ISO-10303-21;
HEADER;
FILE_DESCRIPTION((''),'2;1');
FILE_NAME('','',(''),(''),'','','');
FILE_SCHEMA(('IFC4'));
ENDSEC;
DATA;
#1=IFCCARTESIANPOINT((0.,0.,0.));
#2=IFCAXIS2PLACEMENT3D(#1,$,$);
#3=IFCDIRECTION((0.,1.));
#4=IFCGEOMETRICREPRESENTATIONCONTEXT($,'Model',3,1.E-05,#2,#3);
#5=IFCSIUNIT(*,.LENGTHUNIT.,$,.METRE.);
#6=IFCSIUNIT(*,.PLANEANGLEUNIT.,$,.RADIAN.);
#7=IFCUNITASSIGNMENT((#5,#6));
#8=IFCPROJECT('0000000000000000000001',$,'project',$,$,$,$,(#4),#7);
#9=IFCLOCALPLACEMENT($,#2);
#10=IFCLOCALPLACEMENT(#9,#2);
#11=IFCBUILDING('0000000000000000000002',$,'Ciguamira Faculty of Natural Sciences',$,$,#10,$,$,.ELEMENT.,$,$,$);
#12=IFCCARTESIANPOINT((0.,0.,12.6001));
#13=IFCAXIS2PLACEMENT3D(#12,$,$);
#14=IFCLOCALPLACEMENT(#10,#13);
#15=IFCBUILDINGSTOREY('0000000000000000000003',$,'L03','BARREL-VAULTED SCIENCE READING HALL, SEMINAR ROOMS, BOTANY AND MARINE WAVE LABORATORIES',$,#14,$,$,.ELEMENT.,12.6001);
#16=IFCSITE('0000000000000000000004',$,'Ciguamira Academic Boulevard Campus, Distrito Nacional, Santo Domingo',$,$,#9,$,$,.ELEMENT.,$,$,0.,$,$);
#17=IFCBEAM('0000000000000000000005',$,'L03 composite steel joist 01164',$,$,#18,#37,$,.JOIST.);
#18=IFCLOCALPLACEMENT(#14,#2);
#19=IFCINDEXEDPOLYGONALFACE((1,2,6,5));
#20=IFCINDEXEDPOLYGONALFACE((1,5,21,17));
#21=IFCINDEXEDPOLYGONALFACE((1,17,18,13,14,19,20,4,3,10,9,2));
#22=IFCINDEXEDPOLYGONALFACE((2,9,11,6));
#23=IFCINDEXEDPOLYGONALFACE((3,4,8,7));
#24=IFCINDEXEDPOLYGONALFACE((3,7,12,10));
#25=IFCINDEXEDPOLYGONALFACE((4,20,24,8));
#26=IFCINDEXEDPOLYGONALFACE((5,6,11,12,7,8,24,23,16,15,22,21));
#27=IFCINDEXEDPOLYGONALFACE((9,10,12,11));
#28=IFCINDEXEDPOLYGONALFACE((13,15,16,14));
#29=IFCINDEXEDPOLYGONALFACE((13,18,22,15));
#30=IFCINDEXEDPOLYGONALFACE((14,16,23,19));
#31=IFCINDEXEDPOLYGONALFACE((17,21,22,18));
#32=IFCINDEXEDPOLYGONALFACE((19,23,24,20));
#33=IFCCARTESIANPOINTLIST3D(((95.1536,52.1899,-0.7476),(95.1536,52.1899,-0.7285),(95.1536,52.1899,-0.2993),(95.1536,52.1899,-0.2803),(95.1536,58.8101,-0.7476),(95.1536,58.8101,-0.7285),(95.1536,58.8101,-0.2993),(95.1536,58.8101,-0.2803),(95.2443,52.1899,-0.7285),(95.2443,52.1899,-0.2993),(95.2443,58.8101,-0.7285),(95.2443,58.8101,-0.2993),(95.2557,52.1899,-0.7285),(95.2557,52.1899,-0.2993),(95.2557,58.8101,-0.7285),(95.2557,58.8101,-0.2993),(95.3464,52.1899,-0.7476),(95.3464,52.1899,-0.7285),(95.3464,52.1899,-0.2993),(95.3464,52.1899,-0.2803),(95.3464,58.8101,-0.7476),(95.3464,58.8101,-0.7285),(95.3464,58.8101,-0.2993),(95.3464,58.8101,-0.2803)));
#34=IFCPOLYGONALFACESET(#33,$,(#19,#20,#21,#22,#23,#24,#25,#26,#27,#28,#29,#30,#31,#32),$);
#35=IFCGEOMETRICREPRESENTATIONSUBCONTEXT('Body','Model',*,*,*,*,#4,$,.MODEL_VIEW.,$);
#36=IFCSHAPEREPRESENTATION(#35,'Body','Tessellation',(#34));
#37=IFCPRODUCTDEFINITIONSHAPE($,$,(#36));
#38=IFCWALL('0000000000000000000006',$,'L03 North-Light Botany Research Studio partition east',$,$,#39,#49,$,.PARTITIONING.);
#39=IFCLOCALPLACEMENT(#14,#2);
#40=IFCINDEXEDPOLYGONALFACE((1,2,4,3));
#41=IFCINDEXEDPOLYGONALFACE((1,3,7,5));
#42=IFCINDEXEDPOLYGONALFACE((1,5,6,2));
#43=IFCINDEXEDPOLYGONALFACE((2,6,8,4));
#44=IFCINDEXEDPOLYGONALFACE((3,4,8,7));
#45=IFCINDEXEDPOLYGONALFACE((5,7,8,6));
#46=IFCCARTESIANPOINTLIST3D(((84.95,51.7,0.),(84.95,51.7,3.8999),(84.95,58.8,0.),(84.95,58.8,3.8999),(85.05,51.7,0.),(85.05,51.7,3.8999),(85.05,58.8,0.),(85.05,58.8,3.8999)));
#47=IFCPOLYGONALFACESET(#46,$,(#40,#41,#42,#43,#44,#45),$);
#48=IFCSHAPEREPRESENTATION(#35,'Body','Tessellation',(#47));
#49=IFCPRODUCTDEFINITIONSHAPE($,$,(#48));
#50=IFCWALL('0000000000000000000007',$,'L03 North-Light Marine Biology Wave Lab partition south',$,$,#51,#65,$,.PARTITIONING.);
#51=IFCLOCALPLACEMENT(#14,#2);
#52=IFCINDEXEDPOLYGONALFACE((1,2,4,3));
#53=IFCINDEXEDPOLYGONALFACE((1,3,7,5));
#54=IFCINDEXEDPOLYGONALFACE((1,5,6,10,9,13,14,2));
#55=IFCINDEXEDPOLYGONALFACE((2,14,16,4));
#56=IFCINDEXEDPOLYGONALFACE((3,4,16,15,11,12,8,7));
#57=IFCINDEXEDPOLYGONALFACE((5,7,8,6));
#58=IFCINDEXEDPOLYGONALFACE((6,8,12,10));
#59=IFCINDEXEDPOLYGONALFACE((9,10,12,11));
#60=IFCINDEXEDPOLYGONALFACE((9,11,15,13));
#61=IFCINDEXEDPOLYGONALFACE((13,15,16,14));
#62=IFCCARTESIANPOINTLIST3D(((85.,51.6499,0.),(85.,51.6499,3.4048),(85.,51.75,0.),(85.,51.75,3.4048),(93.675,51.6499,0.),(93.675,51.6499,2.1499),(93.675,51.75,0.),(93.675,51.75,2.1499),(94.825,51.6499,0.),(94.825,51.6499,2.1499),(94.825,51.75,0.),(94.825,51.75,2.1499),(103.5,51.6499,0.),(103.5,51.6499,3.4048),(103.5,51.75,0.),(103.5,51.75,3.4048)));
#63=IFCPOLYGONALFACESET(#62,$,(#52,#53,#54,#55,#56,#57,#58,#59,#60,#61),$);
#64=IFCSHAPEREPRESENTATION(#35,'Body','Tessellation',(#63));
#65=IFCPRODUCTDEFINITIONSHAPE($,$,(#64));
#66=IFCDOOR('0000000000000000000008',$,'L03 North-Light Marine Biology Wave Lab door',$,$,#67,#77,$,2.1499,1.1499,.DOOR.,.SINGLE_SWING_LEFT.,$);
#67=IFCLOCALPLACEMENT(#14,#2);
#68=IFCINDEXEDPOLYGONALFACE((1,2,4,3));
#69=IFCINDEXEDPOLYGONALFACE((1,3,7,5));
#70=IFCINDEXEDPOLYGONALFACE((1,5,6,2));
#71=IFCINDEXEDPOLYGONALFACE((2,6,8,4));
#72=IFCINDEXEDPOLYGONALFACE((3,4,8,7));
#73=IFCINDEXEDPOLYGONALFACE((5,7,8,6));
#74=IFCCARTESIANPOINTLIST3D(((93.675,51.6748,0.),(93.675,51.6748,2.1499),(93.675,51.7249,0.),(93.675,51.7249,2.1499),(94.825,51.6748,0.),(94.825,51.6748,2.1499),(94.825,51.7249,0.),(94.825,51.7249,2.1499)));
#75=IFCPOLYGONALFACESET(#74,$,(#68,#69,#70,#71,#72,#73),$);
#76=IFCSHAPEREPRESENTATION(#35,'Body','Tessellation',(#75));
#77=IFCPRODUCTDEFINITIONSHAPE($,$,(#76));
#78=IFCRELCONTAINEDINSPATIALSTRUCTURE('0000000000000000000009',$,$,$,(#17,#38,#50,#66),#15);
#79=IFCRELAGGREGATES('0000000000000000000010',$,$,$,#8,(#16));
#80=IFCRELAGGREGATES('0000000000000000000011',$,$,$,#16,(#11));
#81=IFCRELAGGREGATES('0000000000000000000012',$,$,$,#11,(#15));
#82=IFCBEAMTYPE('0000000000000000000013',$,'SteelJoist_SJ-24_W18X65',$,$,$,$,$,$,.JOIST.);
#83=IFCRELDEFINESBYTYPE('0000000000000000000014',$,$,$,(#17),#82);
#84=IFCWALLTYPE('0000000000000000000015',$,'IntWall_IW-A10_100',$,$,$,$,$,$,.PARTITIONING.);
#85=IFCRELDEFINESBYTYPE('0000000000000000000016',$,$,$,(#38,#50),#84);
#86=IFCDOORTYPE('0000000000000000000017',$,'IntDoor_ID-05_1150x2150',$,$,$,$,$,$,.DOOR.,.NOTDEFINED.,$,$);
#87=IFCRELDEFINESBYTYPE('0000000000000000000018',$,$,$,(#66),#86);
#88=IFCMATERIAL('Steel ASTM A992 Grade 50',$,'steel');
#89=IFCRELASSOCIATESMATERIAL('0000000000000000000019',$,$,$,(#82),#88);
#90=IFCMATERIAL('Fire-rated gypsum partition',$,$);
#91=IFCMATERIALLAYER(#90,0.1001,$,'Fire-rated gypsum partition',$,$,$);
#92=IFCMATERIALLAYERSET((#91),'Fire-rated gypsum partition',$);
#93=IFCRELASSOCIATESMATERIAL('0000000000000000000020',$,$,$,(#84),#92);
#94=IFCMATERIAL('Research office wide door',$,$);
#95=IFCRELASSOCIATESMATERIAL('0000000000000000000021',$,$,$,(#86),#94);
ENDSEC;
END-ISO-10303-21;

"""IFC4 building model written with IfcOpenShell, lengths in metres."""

from ifc_helpers import new_model, si_unit, direction, frame, frame_2d, origin, origin_2d, place, context, subcontext, project, spatial, rectangle, i_section, extrude, material, layer, layer_set, material_profile, profile_set, type_object, element, fill, save


model = new_model("IFC4")

# Units and contexts
model_context = context("Model", 3, precision=1e-05, world=origin(), true_north=direction((0.0, 1.0)))
body_context = subcontext(model_context, "Body", "Model", "MODEL_VIEW")
ifc_project = project(units=[si_unit("LENGTHUNIT", "METRE"), si_unit("PLANEANGLEUNIT", "RADIAN")], contexts=[model_context])

# Site, building, storey
site_placement = place(None, origin())
site = spatial("IfcSite", under=ifc_project, at=site_placement, Name="Ciguamira Academic Boulevard Campus, Distrito Nacional, Santo Domingo", CompositionType="ELEMENT", RefElevation=0.0)
building_placement = place(site_placement, origin())
building = spatial("IfcBuilding", under=site, at=building_placement, Name="Ciguamira Faculty of Natural Sciences", CompositionType="ELEMENT")
storey_placement = place(building_placement, frame((0.0, 0.0, 12.6001)))
storey = spatial("IfcBuildingStorey", under=building, at=storey_placement, Name="L03", Description="BARREL-VAULTED SCIENCE READING HALL, SEMINAR ROOMS, BOTANY AND MARINE WAVE LABORATORIES", CompositionType="ELEMENT", Elevation=12.6001)

# Beam
ifc_material_1 = material(Name="Steel ASTM A992 Grade 50", Category="steel")
ifc_material_profile_1 = material_profile(ifc_material_1, i_section(OverallWidth=0.1929, OverallDepth=0.4673, WebThickness=0.0115, FlangeThickness=0.019, at=origin_2d()), Name="W18X65")
ifc_profile_set_1 = profile_set([ifc_material_profile_1], Name="Steel ASTM A992 Grade 50")
beam_type_1 = type_object("IfcBeamType", Name="SteelJoist_SJ-24_W18X65", PredefinedType="JOIST", material=ifc_profile_set_1)
beam_1_placement = place(storey_placement, frame((95.25, 52.1899, -0.5139), z_axis=(0.0, 1.0, 0.0), x_axis=(-1.0, 0.0, 0.0)))
element("IfcBeam", 1, at=beam_1_placement, inside=storey, type_object=beam_type_1, Name="L03 composite steel joist 01164", PredefinedType="JOIST", context=body_context, shape_type="SweptSolid", body=[
    extrude(i_section(OverallWidth=0.1929, OverallDepth=0.4673, WebThickness=0.0115, FlangeThickness=0.019, at=origin_2d()), origin(), (0.0, 0.0, 1.0), 6.6201),
])

# Wall
ifc_material_2 = material(Name="Fire-rated gypsum partition")
ifc_layer = layer(ifc_material_2, 0.1001, Name="Fire-rated gypsum partition")
ifc_layer_set = layer_set([ifc_layer], Name="Fire-rated gypsum partition")
wall_type = type_object("IfcWallType", Name="IntWall_IW-A10_100", PredefinedType="PARTITIONING", material=ifc_layer_set)
wall_1_placement = place(storey_placement, frame((85.0, 51.7, 0.0), z_axis=(0.0, 0.0, 1.0), x_axis=(0.0, 1.0, 0.0)))
element("IfcWall", 2, at=wall_1_placement, inside=storey, type_object=wall_type, Name="L03 North-Light Botany Research Studio partition east", PredefinedType="PARTITIONING", context=body_context, shape_type="SweptSolid", body=[
    extrude(rectangle(XDim=7.1001, YDim=0.1001, at=frame_2d((3.55, 0.0))), origin(), (0.0, 0.0, 1.0), 3.8999),
])

# Wall, opening, door
wall_2_placement = place(storey_placement, frame((85.0, 51.7, 0.0), z_axis=(0.0, 0.0, 1.0), x_axis=(1.0, 0.0, 0.0)))
wall_2 = element("IfcWall", 3, at=wall_2_placement, inside=storey, type_object=wall_type, Name="L03 North-Light Marine Biology Wave Lab partition south", PredefinedType="PARTITIONING", context=body_context, shape_type="SweptSolid", body=[
    extrude(rectangle(XDim=18.5, YDim=0.1001, at=frame_2d((9.25, 0.0))), origin(), (0.0, 0.0, 1.0), 3.4048),
])
opening_placement = place(wall_2_placement, frame((8.675, 0.0, 0.0)))
opening = element("IfcOpeningElement", 4, at=opening_placement, cuts=wall_2, PredefinedType="OPENING", context=body_context, shape_type="SweptSolid", body=[
    extrude(rectangle(XDim=1.1499, YDim=2.1499, at=frame_2d((0.575, 1.075))), frame((0.0, 0.0601, 0.0), z_axis=(0.0, -1.0, 0.0), x_axis=(1.0, 0.0, 0.0)), (0.0, 0.0, 1.0), 0.1201),
])
ifc_material_3 = material(Name="Research office wide door")
door_type = type_object("IfcDoorType", Name="IntDoor_ID-05_1150x2150", OperationType="NOTDEFINED", PredefinedType="DOOR", material=ifc_material_3)
door_placement = place(opening_placement, origin())
door = element("IfcDoor", 5, at=door_placement, inside=storey, type_object=door_type, Name="L03 North-Light Marine Biology Wave Lab door", OperationType="SINGLE_SWING_LEFT", OverallHeight=2.1499, OverallWidth=1.1499, PredefinedType="DOOR", context=body_context, shape_type="SweptSolid", body=[
    extrude(rectangle(XDim=1.1499, YDim=2.1499, at=frame_2d((0.575, 1.075))), frame((0.0, 0.0249, 0.0), z_axis=(0.0, -1.0, 0.0), x_axis=(1.0, 0.0, 0.0)), (0.0, 0.0, 1.0), 0.05),
])
fill(opening, door)

save(model, "model.ifc")
